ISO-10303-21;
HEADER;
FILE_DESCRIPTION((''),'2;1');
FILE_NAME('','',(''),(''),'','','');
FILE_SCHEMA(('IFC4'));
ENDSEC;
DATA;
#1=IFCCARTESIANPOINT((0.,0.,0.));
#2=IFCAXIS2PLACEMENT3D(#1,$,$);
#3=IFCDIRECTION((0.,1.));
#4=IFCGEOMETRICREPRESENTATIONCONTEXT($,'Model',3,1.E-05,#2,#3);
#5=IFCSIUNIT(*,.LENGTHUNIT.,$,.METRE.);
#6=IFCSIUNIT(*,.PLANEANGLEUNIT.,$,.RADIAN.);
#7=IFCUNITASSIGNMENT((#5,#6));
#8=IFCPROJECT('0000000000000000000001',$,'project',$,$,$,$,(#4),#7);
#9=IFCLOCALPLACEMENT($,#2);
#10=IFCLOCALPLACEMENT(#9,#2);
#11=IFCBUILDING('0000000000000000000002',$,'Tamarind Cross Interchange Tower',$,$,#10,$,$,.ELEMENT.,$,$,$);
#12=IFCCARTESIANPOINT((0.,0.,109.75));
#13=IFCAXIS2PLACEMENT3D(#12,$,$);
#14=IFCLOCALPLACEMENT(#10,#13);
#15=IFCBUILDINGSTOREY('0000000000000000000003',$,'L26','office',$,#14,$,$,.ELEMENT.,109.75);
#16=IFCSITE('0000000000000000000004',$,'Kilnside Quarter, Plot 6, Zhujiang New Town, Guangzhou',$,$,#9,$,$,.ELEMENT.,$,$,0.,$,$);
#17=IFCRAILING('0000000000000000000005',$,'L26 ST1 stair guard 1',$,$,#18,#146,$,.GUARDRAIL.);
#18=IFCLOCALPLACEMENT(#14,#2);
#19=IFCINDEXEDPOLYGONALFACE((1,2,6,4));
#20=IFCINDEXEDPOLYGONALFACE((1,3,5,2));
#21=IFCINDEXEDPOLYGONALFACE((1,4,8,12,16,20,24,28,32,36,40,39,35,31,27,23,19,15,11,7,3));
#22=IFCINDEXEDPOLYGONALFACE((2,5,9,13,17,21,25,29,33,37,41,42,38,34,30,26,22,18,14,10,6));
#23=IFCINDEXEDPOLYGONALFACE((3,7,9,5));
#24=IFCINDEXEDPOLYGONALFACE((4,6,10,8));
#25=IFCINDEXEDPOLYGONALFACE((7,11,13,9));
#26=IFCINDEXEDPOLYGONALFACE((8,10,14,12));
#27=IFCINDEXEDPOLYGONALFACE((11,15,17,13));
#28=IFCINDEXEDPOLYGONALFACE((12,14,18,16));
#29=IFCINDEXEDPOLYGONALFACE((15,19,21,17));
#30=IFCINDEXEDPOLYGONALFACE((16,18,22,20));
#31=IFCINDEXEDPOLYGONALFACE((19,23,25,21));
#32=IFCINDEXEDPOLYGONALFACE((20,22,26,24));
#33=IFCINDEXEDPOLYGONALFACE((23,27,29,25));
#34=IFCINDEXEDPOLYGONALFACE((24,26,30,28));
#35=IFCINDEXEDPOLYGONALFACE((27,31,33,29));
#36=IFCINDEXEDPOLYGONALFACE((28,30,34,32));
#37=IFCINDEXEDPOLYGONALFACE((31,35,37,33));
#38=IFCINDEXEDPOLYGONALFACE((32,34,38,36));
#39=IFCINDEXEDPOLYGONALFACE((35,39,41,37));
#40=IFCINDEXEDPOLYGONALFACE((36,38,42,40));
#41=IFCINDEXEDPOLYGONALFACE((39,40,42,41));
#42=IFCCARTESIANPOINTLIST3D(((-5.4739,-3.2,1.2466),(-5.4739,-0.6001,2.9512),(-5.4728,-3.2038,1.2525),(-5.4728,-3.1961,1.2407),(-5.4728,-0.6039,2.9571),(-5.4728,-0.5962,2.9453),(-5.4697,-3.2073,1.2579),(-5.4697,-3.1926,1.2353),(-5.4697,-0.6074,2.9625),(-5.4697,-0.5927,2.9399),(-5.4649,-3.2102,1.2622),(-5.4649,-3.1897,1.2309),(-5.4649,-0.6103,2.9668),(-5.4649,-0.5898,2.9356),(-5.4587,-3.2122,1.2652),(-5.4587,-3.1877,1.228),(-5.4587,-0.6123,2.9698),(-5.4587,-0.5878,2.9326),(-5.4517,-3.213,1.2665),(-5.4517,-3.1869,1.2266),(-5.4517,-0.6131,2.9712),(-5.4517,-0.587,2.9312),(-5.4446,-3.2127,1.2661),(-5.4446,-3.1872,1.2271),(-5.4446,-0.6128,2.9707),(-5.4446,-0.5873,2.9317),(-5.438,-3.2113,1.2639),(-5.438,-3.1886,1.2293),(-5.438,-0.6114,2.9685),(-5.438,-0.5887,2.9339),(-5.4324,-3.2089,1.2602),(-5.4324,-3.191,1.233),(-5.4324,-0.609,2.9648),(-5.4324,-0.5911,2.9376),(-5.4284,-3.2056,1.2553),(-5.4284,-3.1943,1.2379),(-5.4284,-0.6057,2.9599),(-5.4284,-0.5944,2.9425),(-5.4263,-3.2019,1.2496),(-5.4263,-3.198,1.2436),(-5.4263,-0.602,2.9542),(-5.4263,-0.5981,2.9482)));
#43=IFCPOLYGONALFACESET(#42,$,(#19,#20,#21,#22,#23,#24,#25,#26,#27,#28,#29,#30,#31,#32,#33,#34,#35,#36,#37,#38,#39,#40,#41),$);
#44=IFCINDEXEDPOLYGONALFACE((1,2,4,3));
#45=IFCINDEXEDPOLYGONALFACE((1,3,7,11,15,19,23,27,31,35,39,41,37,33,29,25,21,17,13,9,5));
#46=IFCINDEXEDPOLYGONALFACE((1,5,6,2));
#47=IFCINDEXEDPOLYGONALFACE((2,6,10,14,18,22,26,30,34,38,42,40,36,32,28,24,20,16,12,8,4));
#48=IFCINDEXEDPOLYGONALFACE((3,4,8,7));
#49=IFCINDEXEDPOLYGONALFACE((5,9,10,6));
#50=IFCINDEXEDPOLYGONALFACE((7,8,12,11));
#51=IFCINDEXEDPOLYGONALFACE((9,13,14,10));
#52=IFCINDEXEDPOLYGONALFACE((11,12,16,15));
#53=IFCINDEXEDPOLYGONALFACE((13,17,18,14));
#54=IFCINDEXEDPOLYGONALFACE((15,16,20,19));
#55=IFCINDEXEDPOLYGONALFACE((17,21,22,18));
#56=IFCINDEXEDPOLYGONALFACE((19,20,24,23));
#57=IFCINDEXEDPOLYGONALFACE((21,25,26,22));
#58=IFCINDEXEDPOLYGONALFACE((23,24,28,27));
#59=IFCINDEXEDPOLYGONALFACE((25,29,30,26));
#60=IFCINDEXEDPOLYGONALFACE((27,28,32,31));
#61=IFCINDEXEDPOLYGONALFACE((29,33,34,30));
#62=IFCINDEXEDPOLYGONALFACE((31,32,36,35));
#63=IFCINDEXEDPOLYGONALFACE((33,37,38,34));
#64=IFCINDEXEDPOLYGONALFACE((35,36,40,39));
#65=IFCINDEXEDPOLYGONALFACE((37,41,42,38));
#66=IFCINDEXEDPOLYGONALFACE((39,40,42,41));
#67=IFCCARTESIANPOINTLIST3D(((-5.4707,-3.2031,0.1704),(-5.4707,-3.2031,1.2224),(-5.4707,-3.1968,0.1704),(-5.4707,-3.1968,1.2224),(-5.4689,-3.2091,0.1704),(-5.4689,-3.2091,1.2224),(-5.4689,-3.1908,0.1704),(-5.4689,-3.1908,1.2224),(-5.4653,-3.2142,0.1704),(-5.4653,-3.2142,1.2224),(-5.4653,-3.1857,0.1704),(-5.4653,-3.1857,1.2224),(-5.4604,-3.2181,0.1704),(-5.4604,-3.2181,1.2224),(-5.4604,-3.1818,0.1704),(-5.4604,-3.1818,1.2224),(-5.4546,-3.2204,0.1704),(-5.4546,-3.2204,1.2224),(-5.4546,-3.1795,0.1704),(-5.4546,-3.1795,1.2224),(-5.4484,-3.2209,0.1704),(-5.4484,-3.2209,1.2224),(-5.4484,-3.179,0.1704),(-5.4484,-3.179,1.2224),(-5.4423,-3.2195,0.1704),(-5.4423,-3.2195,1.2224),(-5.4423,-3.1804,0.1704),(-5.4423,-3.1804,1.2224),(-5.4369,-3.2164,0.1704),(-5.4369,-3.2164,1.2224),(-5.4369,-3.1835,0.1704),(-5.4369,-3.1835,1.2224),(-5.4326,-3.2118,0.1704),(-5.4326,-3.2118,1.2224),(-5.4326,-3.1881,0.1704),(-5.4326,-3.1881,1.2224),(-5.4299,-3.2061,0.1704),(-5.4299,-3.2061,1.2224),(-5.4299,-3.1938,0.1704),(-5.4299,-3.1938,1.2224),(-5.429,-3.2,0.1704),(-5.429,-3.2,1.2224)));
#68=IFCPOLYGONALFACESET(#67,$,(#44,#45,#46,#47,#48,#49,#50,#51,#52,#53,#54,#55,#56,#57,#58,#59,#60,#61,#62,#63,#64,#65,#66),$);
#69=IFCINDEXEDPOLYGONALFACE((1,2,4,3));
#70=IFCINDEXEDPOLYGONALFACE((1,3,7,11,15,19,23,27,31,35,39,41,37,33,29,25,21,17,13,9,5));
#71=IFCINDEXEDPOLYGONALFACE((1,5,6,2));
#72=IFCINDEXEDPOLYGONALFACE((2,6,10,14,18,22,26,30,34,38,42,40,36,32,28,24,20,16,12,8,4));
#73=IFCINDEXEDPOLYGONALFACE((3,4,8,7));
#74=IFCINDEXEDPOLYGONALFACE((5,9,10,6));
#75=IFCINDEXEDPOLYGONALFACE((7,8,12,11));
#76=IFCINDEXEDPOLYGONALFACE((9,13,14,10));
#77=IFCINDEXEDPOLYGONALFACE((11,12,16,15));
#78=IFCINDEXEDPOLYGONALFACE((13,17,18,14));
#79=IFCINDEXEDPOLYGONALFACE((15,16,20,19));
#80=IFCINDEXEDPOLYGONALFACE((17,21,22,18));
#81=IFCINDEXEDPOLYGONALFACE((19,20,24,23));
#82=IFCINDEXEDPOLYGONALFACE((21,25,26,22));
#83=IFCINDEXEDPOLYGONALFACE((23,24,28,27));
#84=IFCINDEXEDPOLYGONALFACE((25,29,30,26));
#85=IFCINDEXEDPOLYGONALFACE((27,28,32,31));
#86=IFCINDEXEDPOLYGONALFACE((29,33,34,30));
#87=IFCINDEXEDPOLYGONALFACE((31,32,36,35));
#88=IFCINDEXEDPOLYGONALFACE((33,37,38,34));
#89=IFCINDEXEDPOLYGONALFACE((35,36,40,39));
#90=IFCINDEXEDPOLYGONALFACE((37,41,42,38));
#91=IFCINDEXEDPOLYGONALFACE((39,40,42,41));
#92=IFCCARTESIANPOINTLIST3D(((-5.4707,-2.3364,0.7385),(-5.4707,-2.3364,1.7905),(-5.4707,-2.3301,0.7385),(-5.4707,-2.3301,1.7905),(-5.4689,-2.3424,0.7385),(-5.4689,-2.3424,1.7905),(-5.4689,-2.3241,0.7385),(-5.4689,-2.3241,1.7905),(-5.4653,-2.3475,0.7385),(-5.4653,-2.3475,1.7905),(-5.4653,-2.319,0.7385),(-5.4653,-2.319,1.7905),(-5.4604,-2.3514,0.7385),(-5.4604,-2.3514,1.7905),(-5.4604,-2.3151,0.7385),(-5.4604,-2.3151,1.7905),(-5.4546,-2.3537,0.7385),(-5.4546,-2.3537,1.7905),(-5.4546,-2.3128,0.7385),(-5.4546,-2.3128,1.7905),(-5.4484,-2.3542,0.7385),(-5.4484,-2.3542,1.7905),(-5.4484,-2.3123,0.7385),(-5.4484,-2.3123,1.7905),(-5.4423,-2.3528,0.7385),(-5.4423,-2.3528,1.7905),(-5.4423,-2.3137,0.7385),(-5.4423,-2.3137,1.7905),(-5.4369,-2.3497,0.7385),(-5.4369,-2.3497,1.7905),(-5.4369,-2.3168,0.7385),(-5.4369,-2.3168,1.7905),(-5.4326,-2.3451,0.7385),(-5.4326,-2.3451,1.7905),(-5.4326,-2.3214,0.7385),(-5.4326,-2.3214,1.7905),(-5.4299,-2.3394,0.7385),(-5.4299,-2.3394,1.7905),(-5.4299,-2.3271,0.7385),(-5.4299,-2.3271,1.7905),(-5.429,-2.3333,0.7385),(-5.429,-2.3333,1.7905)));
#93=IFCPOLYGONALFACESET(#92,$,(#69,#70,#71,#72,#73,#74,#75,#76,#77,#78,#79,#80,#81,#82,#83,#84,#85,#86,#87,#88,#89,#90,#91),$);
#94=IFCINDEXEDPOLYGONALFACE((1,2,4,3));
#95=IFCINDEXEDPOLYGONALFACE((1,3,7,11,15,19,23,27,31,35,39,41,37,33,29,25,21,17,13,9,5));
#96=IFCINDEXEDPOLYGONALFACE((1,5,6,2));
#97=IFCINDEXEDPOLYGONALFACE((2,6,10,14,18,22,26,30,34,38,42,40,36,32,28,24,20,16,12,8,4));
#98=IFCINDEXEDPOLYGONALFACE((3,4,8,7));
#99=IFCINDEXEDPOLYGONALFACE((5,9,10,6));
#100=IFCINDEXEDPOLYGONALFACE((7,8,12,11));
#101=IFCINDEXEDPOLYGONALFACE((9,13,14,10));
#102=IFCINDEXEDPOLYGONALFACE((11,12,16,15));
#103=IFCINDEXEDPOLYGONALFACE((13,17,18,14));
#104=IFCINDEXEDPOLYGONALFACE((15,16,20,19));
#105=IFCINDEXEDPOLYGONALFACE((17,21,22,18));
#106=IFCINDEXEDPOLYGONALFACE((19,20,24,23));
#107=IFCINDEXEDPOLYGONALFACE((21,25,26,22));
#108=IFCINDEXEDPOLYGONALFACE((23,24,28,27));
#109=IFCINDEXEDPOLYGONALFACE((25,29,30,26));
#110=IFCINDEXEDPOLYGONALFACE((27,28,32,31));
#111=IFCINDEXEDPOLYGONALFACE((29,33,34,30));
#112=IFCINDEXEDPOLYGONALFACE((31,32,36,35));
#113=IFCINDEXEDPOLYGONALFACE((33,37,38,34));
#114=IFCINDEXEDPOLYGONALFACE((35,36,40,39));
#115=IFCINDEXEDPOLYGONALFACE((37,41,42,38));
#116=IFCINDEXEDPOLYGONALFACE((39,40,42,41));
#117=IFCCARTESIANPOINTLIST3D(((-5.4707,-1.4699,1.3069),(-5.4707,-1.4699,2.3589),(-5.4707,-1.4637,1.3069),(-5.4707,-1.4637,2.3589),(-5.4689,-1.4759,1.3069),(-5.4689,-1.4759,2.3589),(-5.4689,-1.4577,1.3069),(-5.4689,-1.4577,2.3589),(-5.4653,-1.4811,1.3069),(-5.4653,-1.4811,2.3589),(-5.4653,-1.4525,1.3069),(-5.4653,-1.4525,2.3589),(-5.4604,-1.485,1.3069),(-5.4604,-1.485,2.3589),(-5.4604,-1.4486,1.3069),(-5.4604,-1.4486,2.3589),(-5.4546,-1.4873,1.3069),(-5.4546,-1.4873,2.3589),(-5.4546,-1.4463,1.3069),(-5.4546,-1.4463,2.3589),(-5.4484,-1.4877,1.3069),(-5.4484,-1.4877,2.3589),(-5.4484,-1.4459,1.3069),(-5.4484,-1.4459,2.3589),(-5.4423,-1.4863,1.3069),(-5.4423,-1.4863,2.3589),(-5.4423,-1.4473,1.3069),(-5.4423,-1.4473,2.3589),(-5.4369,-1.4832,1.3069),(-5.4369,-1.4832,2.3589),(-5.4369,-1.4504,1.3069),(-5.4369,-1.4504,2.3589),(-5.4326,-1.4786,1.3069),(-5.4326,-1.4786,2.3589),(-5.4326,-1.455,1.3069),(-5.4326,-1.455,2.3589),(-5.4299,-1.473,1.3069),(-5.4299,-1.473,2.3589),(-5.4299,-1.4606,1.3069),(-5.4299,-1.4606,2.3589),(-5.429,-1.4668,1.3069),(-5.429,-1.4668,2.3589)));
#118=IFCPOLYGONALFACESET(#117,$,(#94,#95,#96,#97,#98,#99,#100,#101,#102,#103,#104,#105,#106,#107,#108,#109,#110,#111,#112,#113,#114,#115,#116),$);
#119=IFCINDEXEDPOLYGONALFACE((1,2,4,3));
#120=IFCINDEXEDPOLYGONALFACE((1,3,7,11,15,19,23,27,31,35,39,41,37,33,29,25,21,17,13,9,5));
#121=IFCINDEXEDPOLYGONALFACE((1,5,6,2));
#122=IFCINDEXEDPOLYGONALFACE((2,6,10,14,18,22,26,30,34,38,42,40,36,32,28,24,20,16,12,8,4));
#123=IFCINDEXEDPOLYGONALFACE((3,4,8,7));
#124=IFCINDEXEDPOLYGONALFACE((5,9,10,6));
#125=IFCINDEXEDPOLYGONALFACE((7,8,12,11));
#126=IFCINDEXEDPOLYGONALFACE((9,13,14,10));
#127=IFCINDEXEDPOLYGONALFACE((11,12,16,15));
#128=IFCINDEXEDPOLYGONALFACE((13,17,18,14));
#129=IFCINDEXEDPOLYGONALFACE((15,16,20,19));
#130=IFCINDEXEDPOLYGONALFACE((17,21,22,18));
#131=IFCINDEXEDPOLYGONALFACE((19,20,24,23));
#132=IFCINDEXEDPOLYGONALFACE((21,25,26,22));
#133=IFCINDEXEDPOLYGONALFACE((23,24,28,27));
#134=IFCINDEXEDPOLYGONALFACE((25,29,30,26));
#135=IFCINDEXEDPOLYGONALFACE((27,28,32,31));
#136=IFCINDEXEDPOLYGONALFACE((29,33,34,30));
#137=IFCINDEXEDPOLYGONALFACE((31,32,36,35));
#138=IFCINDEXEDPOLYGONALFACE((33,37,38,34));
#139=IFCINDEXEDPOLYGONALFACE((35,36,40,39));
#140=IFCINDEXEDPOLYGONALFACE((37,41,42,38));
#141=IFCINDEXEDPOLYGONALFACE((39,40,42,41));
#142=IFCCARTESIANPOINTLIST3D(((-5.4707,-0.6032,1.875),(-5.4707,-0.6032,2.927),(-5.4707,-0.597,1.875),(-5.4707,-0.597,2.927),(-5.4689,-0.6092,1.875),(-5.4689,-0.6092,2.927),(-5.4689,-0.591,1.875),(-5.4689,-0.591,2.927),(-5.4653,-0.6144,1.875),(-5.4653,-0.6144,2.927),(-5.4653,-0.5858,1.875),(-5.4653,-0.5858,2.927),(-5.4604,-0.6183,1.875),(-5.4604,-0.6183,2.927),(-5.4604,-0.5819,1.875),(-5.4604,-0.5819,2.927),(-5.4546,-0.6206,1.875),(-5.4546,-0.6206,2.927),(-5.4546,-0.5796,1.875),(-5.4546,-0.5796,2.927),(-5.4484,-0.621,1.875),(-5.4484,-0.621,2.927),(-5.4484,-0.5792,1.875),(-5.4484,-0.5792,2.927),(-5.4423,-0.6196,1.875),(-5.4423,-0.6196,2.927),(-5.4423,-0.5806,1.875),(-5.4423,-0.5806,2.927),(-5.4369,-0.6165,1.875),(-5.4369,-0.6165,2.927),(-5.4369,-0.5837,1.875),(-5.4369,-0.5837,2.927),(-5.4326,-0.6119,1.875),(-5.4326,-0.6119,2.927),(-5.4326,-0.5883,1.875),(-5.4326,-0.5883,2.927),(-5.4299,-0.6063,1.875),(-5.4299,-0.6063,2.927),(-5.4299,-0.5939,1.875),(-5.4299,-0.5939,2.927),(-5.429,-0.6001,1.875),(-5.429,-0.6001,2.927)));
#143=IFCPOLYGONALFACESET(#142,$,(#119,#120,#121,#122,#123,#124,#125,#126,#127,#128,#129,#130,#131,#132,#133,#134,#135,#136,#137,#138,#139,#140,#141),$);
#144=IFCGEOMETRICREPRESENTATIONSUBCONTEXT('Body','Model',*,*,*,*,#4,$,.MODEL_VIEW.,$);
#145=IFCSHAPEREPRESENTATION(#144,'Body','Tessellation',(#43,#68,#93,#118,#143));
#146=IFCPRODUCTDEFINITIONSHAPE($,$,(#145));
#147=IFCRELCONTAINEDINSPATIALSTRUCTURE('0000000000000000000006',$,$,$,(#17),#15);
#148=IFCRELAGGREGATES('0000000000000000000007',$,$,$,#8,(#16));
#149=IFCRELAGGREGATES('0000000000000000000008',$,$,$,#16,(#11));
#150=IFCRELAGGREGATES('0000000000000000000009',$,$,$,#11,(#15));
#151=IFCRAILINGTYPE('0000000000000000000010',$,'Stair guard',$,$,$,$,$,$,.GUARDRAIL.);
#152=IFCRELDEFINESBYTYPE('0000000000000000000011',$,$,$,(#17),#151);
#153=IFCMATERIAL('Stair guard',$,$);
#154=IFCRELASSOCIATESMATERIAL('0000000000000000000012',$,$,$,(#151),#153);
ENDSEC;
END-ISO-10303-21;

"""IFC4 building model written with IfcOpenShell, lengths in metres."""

from ifc_helpers import new_model, si_unit, direction, frame, origin, origin_2d, place, context, subcontext, project, spatial, circle, extrude, material, type_object, element, save


model = new_model("IFC4")

# Units and contexts
model_context = context("Model", 3, precision=1e-05, world=origin(), true_north=direction((0.0, 1.0)))
body_context = subcontext(model_context, "Body", "Model", "MODEL_VIEW")
ifc_project = project(units=[si_unit("LENGTHUNIT", "METRE"), si_unit("PLANEANGLEUNIT", "RADIAN")], contexts=[model_context])

# Site, building, storey
site_placement = place(None, origin())
site = spatial("IfcSite", under=ifc_project, at=site_placement, Name="Kilnside Quarter, Plot 6, Zhujiang New Town, Guangzhou", CompositionType="ELEMENT", RefElevation=0.0)
building_placement = place(site_placement, origin())
building = spatial("IfcBuilding", under=site, at=building_placement, Name="Tamarind Cross Interchange Tower", CompositionType="ELEMENT")
storey_placement = place(building_placement, frame((0.0, 0.0, 109.75)))
storey = spatial("IfcBuildingStorey", under=building, at=storey_placement, Name="L26", Description="office", CompositionType="ELEMENT", Elevation=109.75)

# Railing
ifc_material_1 = material(Name="Stair guard")
railing_type_1 = type_object("IfcRailingType", Name="Stair guard", PredefinedType="GUARDRAIL", material=ifc_material_1)
railing_1_placement = place(storey_placement, frame((-5.45, -3.2, 0.1704)))
element("IfcRailing", 1, at=railing_1_placement, inside=storey, type_object=railing_type_1, Name="L26 ST1 stair guard 1", PredefinedType="GUARDRAIL", context=body_context, shape_type="SweptSolid", body=[
    extrude(circle(Radius=0.0239, at=origin_2d()), frame((0.0, 0.0, 1.0762), z_axis=(0.0, 0.836279, 0.548305), x_axis=(-1.0, 0.0, 0.0)), (0.0, 0.0, 1.0), 3.1089),
    extrude(circle(Radius=0.021, at=origin_2d()), origin(), (0.0, 0.0, 1.0), 1.052),
    extrude(circle(Radius=0.021, at=origin_2d()), frame((0.0, 0.8667, 0.5681)), (0.0, 0.0, 1.0), 1.052),
    extrude(circle(Radius=0.021, at=origin_2d()), frame((0.0, 1.7332, 1.1365)), (0.0, 0.0, 1.0), 1.052),
    extrude(circle(Radius=0.021, at=origin_2d()), frame((0.0, 2.5999, 1.7046)), (0.0, 0.0, 1.0), 1.052),
])

save(model, "model.ifc")
